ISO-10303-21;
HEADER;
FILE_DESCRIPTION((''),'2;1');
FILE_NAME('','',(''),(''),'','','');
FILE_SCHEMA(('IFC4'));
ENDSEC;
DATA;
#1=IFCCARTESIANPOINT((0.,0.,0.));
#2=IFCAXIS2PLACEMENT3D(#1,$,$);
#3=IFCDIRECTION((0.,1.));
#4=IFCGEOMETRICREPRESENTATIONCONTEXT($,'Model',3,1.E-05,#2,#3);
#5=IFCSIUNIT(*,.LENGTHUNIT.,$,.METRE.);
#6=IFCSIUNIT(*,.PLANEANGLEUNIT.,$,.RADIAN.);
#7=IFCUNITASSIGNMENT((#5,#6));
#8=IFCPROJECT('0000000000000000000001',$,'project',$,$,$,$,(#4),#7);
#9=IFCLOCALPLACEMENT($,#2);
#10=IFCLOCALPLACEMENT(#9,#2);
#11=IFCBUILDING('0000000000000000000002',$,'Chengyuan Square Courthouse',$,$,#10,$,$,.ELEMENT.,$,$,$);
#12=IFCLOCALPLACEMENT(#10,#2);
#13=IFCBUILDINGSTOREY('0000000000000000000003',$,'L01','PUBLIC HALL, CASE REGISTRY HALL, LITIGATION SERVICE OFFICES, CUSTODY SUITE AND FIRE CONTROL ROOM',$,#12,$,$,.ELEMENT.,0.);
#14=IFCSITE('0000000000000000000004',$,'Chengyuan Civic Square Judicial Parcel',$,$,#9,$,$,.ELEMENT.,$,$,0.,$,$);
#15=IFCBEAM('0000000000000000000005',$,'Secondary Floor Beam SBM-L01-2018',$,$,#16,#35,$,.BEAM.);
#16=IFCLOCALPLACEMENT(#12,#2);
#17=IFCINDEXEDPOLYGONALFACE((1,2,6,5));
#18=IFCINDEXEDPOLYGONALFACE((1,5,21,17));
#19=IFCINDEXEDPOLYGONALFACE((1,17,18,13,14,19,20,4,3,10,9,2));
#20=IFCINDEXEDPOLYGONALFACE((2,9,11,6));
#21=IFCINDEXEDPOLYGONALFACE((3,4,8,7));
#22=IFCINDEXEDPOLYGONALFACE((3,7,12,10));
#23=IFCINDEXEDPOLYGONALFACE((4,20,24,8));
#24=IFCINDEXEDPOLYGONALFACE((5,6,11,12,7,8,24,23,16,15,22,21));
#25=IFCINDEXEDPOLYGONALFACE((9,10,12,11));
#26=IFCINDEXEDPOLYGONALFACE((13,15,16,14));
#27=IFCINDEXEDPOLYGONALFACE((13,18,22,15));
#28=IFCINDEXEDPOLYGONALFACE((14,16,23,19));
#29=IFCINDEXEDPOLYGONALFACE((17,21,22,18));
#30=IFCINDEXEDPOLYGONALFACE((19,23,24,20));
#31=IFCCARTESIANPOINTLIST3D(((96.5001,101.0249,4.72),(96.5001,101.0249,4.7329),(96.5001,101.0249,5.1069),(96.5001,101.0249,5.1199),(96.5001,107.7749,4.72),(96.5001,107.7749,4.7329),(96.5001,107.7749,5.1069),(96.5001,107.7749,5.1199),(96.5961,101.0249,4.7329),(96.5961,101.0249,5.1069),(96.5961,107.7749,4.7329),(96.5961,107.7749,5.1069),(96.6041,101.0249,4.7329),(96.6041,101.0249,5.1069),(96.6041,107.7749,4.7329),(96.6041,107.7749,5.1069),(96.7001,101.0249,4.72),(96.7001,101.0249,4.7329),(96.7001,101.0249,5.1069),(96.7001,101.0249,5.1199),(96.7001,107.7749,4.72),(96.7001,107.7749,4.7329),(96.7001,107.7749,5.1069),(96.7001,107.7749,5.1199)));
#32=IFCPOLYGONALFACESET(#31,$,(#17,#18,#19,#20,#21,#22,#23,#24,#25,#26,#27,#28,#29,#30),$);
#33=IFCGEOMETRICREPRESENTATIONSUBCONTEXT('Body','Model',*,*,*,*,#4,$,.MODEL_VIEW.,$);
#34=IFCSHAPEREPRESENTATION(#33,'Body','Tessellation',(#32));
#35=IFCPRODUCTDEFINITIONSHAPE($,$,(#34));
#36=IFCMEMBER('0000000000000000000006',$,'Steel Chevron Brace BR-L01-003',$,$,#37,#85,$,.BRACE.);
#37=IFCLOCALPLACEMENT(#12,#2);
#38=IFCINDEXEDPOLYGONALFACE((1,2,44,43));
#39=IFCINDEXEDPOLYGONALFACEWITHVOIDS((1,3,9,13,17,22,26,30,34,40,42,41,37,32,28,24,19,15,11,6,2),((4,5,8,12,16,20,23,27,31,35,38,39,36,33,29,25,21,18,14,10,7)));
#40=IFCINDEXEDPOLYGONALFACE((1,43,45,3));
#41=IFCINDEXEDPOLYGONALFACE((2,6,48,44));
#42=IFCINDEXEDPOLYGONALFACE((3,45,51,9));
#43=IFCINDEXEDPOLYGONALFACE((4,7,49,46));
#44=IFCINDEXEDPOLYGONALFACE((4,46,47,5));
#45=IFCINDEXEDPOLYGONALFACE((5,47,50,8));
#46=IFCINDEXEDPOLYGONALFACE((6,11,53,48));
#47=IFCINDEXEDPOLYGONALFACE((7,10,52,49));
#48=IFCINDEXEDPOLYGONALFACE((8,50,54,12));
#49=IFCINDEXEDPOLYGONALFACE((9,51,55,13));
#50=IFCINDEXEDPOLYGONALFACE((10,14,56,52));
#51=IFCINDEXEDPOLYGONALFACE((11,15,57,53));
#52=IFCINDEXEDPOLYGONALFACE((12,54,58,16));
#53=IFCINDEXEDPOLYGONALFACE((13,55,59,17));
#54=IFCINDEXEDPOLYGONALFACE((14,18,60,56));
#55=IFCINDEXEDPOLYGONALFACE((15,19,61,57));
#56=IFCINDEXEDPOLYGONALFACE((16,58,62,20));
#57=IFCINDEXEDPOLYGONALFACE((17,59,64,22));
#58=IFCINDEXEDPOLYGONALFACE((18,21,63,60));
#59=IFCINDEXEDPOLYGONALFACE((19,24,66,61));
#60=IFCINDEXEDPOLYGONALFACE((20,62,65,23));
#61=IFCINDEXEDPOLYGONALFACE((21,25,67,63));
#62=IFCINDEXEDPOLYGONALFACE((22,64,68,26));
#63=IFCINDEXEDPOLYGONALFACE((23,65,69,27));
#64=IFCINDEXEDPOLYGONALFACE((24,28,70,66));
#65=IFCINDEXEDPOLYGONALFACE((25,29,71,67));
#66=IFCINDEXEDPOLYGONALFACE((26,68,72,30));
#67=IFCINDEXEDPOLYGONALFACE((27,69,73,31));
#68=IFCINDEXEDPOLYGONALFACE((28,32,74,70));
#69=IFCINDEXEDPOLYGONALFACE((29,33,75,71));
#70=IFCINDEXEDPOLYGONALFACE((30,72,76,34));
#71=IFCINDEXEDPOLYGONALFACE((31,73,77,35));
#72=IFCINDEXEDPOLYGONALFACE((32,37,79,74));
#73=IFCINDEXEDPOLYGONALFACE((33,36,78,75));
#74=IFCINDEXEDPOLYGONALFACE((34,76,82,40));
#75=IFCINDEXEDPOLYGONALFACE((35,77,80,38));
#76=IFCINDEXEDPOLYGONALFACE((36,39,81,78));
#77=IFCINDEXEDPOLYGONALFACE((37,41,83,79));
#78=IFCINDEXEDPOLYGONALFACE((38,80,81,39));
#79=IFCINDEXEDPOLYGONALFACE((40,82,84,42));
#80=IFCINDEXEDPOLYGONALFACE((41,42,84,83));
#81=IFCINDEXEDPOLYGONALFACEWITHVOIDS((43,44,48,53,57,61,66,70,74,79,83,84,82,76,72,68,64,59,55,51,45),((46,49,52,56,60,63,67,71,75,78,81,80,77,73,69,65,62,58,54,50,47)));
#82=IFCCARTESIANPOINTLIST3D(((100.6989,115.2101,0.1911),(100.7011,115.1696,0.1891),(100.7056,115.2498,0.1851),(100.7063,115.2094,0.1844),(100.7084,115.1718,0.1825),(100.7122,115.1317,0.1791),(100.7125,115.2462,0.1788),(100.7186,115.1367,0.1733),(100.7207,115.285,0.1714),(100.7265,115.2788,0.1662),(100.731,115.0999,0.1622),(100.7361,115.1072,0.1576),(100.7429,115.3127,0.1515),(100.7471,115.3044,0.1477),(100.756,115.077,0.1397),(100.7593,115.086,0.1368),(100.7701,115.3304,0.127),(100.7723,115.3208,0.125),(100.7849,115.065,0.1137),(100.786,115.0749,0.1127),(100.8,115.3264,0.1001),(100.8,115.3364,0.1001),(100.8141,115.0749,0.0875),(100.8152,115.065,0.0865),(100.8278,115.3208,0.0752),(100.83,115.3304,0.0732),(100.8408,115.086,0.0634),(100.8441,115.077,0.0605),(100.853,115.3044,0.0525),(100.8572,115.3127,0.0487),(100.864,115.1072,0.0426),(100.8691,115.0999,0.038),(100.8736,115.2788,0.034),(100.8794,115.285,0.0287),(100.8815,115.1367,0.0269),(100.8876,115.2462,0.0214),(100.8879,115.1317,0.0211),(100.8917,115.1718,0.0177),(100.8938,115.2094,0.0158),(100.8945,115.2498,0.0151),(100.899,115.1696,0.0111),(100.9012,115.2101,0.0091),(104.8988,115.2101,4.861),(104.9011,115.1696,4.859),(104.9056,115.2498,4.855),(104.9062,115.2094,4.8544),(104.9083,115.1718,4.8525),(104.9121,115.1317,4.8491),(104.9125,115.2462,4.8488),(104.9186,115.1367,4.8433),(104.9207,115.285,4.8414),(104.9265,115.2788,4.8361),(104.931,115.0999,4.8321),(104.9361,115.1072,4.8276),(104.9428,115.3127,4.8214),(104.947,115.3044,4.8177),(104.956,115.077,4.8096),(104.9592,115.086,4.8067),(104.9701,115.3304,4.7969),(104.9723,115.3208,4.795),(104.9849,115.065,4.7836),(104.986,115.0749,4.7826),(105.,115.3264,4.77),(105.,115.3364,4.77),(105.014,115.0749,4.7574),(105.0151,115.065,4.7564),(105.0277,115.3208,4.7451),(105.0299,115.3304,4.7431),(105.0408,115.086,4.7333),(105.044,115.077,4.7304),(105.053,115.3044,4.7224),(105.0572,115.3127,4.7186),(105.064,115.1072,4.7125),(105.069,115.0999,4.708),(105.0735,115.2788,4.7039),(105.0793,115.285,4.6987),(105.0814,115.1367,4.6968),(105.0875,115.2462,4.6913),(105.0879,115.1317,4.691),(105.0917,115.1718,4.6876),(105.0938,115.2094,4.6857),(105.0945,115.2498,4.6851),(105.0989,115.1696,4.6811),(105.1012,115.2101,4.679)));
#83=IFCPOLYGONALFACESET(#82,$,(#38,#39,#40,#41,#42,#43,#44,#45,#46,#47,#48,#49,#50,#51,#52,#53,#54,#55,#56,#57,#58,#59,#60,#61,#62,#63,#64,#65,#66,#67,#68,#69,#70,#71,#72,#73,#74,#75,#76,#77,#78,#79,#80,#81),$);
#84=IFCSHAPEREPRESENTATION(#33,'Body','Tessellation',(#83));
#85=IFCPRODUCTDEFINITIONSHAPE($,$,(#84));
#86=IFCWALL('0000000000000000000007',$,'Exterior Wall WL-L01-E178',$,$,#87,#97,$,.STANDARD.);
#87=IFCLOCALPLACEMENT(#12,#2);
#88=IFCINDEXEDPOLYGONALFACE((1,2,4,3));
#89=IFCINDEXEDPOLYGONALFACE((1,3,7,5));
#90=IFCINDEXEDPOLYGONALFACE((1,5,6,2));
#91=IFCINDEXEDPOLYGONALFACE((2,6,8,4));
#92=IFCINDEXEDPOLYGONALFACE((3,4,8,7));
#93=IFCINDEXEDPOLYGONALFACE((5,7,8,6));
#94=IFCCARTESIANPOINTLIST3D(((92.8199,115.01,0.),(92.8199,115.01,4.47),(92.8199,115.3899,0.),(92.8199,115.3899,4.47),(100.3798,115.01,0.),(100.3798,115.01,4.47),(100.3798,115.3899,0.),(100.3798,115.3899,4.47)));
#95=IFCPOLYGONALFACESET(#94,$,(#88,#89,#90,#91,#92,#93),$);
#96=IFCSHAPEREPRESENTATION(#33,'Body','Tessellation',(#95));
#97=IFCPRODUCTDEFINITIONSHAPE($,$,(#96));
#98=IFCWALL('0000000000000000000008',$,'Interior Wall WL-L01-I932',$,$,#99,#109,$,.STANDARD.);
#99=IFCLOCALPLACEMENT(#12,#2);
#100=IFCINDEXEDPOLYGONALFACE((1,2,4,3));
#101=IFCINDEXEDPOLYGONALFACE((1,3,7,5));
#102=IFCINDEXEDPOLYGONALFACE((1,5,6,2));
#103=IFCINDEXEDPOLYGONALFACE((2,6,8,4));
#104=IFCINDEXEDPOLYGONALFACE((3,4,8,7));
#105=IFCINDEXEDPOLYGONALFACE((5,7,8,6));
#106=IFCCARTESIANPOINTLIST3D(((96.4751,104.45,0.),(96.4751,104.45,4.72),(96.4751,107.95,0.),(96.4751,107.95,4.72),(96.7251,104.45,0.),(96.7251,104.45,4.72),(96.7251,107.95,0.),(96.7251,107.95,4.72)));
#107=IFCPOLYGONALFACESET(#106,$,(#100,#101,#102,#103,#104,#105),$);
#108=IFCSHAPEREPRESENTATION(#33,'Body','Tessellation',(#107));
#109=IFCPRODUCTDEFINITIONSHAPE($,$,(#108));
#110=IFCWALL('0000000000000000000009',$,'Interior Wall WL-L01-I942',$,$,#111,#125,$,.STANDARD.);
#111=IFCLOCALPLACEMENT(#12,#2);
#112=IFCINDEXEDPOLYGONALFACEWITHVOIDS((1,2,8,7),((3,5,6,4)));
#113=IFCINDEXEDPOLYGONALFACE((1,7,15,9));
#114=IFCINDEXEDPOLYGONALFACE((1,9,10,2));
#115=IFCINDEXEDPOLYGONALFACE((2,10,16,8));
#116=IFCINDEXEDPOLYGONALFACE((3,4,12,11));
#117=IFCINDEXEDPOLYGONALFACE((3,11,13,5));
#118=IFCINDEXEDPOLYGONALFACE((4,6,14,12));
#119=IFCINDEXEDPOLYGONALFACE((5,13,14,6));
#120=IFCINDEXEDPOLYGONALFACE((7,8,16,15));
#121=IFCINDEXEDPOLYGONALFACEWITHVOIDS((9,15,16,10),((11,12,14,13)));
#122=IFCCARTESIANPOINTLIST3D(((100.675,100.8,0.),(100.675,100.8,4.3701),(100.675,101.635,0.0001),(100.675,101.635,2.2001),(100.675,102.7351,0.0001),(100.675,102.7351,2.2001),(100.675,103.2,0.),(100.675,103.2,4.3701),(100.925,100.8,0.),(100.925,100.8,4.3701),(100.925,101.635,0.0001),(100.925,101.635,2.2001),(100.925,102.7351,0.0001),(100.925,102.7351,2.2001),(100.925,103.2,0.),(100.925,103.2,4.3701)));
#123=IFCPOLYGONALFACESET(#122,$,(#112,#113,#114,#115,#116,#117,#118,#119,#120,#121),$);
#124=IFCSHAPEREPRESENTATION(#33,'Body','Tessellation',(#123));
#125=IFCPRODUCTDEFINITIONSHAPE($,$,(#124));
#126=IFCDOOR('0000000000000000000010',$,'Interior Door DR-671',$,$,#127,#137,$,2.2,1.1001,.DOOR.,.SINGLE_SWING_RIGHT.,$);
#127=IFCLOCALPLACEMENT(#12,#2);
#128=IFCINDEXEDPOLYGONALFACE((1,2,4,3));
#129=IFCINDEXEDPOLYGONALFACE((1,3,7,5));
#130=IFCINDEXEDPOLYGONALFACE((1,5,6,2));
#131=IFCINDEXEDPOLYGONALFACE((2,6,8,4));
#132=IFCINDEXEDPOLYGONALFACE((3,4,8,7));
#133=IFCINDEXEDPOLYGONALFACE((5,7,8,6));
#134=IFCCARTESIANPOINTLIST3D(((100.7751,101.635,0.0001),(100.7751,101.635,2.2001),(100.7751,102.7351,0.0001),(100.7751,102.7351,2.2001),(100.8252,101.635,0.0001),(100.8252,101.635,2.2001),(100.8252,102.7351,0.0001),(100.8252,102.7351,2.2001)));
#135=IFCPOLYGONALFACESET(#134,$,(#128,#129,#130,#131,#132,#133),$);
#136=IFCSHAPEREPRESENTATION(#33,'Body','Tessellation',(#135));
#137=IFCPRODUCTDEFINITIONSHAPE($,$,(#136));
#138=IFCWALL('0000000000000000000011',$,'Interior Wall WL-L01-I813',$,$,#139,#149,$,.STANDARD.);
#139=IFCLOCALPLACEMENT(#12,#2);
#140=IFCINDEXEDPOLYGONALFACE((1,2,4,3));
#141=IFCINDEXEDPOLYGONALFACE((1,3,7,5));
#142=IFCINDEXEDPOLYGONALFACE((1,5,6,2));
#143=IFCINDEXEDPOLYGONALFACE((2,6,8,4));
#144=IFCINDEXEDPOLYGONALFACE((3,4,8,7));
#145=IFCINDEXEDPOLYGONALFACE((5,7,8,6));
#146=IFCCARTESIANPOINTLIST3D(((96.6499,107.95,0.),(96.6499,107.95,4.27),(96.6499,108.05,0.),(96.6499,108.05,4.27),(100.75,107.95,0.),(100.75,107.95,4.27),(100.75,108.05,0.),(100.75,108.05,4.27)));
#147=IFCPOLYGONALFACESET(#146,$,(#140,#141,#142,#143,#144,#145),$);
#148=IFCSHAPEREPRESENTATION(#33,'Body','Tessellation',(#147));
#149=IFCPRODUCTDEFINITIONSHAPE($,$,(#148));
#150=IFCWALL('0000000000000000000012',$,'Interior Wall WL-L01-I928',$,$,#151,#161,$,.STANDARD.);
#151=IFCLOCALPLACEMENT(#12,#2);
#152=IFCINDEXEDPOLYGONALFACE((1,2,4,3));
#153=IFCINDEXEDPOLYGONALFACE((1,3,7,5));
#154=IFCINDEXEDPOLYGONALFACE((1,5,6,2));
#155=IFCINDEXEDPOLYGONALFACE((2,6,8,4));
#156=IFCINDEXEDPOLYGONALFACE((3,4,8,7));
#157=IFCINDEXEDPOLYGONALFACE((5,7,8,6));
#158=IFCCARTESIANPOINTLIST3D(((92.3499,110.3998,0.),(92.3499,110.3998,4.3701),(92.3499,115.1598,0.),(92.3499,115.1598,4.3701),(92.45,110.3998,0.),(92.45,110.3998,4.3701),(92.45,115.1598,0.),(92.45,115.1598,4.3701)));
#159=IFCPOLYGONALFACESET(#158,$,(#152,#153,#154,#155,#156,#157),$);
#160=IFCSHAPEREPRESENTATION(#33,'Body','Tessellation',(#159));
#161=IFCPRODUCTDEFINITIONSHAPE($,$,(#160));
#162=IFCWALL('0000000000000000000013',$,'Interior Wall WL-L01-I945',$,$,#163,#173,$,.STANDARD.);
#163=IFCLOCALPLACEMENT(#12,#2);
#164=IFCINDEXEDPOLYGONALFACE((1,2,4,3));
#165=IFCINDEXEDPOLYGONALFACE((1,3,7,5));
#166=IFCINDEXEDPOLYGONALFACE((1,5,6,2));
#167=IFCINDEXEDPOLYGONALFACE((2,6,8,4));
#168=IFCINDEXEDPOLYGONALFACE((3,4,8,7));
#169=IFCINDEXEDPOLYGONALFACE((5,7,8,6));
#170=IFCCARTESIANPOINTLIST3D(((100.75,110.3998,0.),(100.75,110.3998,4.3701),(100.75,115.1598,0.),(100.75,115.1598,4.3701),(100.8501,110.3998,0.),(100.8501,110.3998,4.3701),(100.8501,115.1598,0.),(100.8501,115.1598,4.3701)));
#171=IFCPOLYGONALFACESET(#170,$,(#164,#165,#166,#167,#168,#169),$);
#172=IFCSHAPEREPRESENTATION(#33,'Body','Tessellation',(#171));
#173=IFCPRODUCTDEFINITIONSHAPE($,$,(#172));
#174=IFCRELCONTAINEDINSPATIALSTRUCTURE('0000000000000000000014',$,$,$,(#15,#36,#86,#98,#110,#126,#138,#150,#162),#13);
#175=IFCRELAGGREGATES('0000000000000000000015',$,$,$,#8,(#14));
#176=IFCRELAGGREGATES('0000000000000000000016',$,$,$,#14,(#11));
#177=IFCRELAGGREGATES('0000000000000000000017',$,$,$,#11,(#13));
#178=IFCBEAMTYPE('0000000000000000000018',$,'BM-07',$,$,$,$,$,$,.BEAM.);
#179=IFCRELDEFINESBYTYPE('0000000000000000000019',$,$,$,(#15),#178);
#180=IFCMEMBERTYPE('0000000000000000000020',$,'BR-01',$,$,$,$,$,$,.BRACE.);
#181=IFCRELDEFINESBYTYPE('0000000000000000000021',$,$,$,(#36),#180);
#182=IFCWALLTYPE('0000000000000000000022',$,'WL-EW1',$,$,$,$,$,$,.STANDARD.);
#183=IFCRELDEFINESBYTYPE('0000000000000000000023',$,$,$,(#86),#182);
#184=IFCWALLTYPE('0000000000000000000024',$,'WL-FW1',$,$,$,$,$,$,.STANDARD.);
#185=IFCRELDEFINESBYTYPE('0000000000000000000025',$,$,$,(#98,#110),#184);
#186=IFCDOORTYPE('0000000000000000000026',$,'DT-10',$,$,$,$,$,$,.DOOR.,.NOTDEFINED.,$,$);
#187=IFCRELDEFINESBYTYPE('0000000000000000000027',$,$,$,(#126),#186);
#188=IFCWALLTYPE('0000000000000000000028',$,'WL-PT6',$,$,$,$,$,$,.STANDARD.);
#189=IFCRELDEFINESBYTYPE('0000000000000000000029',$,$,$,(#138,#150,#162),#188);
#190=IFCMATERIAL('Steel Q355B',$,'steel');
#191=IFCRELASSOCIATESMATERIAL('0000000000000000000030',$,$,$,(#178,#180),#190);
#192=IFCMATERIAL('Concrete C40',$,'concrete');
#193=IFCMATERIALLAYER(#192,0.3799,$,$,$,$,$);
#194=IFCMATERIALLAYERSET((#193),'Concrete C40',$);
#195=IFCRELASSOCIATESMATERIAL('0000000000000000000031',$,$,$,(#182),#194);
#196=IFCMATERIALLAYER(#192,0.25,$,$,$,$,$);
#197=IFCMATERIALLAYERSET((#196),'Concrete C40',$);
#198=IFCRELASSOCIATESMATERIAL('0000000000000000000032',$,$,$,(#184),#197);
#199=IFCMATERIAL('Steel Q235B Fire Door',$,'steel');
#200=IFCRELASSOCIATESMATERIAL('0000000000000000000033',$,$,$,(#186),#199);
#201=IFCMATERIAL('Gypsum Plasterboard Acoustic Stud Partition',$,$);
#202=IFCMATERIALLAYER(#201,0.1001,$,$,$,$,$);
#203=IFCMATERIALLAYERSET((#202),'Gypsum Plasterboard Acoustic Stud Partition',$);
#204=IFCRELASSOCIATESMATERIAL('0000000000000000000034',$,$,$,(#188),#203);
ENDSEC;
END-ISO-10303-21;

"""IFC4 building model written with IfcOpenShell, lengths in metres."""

from ifc_helpers import new_model, si_unit, direction, frame, frame_2d, origin, origin_2d, place, context, subcontext, project, spatial, rectangle, hollow_circle, i_section, extrude, material, layer, layer_set, material_profile, profile_set, type_object, element, fill, save


model = new_model("IFC4")

# Units and contexts
model_context = context("Model", 3, precision=1e-05, world=origin(), true_north=direction((0.0, 1.0)))
body_context = subcontext(model_context, "Body", "Model", "MODEL_VIEW")
ifc_project = project(units=[si_unit("LENGTHUNIT", "METRE"), si_unit("PLANEANGLEUNIT", "RADIAN")], contexts=[model_context])

# Site, building, storey
site_placement = place(None, origin())
site = spatial("IfcSite", under=ifc_project, at=site_placement, Name="Chengyuan Civic Square Judicial Parcel", CompositionType="ELEMENT", RefElevation=0.0)
building_placement = place(site_placement, origin())
building = spatial("IfcBuilding", under=site, at=building_placement, Name="Chengyuan Square Courthouse", CompositionType="ELEMENT")
storey_placement = place(building_placement, origin())
storey = spatial("IfcBuildingStorey", under=building, at=storey_placement, Name="L01", Description="PUBLIC HALL, CASE REGISTRY HALL, LITIGATION SERVICE OFFICES, CUSTODY SUITE AND FIRE CONTROL ROOM", CompositionType="ELEMENT", Elevation=0.0)

# Shared definitions
ifc_material_1 = material(Name="Concrete C40", Category="concrete")

# Beam
ifc_material_2 = material(Name="Steel Q355B", Category="steel")
ifc_material_profile_1 = material_profile(ifc_material_2, i_section(OverallWidth=0.2, OverallDepth=0.3999, WebThickness=0.0081, FlangeThickness=0.0129, at=origin_2d()), Name="HN 400x200x8x13")
ifc_profile_set_1 = profile_set([ifc_material_profile_1], Name="Steel Q355B")
beam_type_1 = type_object("IfcBeamType", Name="BM-07", PredefinedType="BEAM", material=ifc_profile_set_1)
beam_1_placement = place(storey_placement, frame((96.6001, 101.0249, 4.9199), z_axis=(0.0, 1.0, 0.0), x_axis=(-1.0, 0.0, 0.0)))
element("IfcBeam", 1, at=beam_1_placement, inside=storey, type_object=beam_type_1, Name="Secondary Floor Beam SBM-L01-2018", PredefinedType="BEAM", context=body_context, shape_type="SweptSolid", body=[
    extrude(i_section(OverallWidth=0.2, OverallDepth=0.3999, WebThickness=0.0081, FlangeThickness=0.0129, at=origin_2d()), origin(), (0.0, 0.0, 1.0), 6.75),
])

# Member
ifc_material_profile_2 = material_profile(ifc_material_2, hollow_circle(Radius=0.1365, WallThickness=0.01, at=origin_2d()), Name="CHS 273x10")
ifc_profile_set_2 = profile_set([ifc_material_profile_2], Name="Steel Q355B")
member_type = type_object("IfcMemberType", Name="BR-01", PredefinedType="BRACE", material=ifc_profile_set_2)
member_placement = place(storey_placement, frame((100.8, 115.2, 0.1001), z_axis=(0.668703, 0.0, 0.74353), x_axis=(0.0, 1.0, 0.0)))
element("IfcMember", 2, at=member_placement, inside=storey, type_object=member_type, Name="Steel Chevron Brace BR-L01-003", PredefinedType="BRACE", context=body_context, shape_type="SweptSolid", body=[
    extrude(hollow_circle(Radius=0.1365, WallThickness=0.01, at=origin_2d()), origin(), (0.0, 0.0, 1.0), 6.2808),
])

# Wall
ifc_layer_1 = layer(ifc_material_1, 0.3799)
ifc_layer_set_1 = layer_set([ifc_layer_1], Name="Concrete C40")
wall_type_1 = type_object("IfcWallType", Name="WL-EW1", PredefinedType="STANDARD", material=ifc_layer_set_1)
wall_1_placement = place(storey_placement, frame((92.8201, 115.2, 0.0), z_axis=(0.0, 0.0, 1.0), x_axis=(1.0, 0.0, 0.0)))
element("IfcWall", 3, at=wall_1_placement, inside=storey, type_object=wall_type_1, Name="Exterior Wall WL-L01-E178", PredefinedType="STANDARD", context=body_context, shape_type="SweptSolid", body=[
    extrude(rectangle(XDim=7.5598, YDim=0.3799, at=frame_2d((3.7798, 0.0))), origin(), (0.0, 0.0, 1.0), 4.47),
])

# Shared definitions
ifc_layer_2 = layer(ifc_material_1, 0.25)
ifc_layer_set_2 = layer_set([ifc_layer_2], Name="Concrete C40")
wall_type_2 = type_object("IfcWallType", Name="WL-FW1", PredefinedType="STANDARD", material=ifc_layer_set_2)
ifc_material_3 = material(Name="Steel Q235B Fire Door", Category="steel")

# Wall
wall_2_placement = place(storey_placement, frame((96.6001, 104.45, 0.0), z_axis=(0.0, 0.0, 1.0), x_axis=(0.0, 1.0, 0.0)))
element("IfcWall", 4, at=wall_2_placement, inside=storey, type_object=wall_type_2, Name="Interior Wall WL-L01-I932", PredefinedType="STANDARD", context=body_context, shape_type="SweptSolid", body=[
    extrude(rectangle(XDim=3.5, YDim=0.25, at=frame_2d((1.75, 0.0))), origin(), (0.0, 0.0, 1.0), 4.72),
])

# Wall, opening, door
wall_3_placement = place(storey_placement, frame((100.8, 100.8, 0.0), z_axis=(0.0, 0.0, 1.0), x_axis=(0.0, 1.0, 0.0)))
wall_3 = element("IfcWall", 5, at=wall_3_placement, inside=storey, type_object=wall_type_2, Name="Interior Wall WL-L01-I942", PredefinedType="STANDARD", context=body_context, shape_type="SweptSolid", body=[
    extrude(rectangle(XDim=2.3999, YDim=0.25, at=frame_2d((1.2, 0.0))), origin(), (0.0, 0.0, 1.0), 4.3701),
])
opening_1_placement = place(wall_3_placement, frame((0.835, 0.0, 0.0)))
opening_1 = element("IfcOpeningElement", 6, at=opening_1_placement, cuts=wall_3, PredefinedType="OPENING", context=body_context, shape_type="SweptSolid", body=[
    extrude(rectangle(XDim=1.1001, YDim=2.2, at=frame_2d((0.55, 1.1001))), frame((0.0, 0.137, 0.0), z_axis=(0.0, -1.0, 0.0), x_axis=(1.0, 0.0, 0.0)), (0.0, 0.0, 1.0), 0.2739),
])
door_type_1 = type_object("IfcDoorType", Name="DT-10", OperationType="NOTDEFINED", PredefinedType="DOOR", material=ifc_material_3)
door_1_placement = place(opening_1_placement, origin())
door_1 = element("IfcDoor", 7, at=door_1_placement, inside=storey, type_object=door_type_1, Name="Interior Door DR-671", OperationType="SINGLE_SWING_RIGHT", OverallHeight=2.2, OverallWidth=1.1001, PredefinedType="DOOR", context=body_context, shape_type="SweptSolid", body=[
    extrude(rectangle(XDim=1.1001, YDim=2.2, at=frame_2d((0.55, 1.1001))), frame((0.0, 0.0249, 0.0), z_axis=(0.0, -1.0, 0.0), x_axis=(1.0, 0.0, 0.0)), (0.0, 0.0, 1.0), 0.05),
])
fill(opening_1, door_1)

# Walls
ifc_material_4 = material(Name="Gypsum Plasterboard Acoustic Stud Partition")
ifc_layer_3 = layer(ifc_material_4, 0.1001)
ifc_layer_set_3 = layer_set([ifc_layer_3], Name="Gypsum Plasterboard Acoustic Stud Partition")
wall_type_3 = type_object("IfcWallType", Name="WL-PT6", PredefinedType="STANDARD", material=ifc_layer_set_3)
wall_4_placement = place(storey_placement, frame((96.6499, 108.0, 0.0), z_axis=(0.0, 0.0, 1.0), x_axis=(1.0, 0.0, 0.0)))
element("IfcWall", 8, at=wall_4_placement, inside=storey, type_object=wall_type_3, Name="Interior Wall WL-L01-I813", PredefinedType="STANDARD", context=body_context, shape_type="SweptSolid", body=[
    extrude(rectangle(XDim=4.1001, YDim=0.1001, at=frame_2d((2.05, 0.0))), origin(), (0.0, 0.0, 1.0), 4.27),
])
for number, where, z_axis, x_axis, name in (
    (9, (92.3999, 110.3999, 0.0), (0.0, 0.0, 1.0), (0.0, 1.0, 0.0), "Interior Wall WL-L01-I928"),
    (10, (100.8, 110.3999, 0.0), (0.0, 0.0, 1.0), (0.0, 1.0, 0.0), "Interior Wall WL-L01-I945"),
):
    element("IfcWall", number, at=place(storey_placement, frame(where, z_axis=z_axis, x_axis=x_axis)), inside=storey, type_object=wall_type_3, Name=name, PredefinedType="STANDARD", context=body_context, shape_type="SweptSolid", body=[
        extrude(rectangle(XDim=4.76, YDim=0.1001, at=frame_2d((2.3799, 0.0))), origin(), (0.0, 0.0, 1.0), 4.3701),
    ])

save(model, "model.ifc")
